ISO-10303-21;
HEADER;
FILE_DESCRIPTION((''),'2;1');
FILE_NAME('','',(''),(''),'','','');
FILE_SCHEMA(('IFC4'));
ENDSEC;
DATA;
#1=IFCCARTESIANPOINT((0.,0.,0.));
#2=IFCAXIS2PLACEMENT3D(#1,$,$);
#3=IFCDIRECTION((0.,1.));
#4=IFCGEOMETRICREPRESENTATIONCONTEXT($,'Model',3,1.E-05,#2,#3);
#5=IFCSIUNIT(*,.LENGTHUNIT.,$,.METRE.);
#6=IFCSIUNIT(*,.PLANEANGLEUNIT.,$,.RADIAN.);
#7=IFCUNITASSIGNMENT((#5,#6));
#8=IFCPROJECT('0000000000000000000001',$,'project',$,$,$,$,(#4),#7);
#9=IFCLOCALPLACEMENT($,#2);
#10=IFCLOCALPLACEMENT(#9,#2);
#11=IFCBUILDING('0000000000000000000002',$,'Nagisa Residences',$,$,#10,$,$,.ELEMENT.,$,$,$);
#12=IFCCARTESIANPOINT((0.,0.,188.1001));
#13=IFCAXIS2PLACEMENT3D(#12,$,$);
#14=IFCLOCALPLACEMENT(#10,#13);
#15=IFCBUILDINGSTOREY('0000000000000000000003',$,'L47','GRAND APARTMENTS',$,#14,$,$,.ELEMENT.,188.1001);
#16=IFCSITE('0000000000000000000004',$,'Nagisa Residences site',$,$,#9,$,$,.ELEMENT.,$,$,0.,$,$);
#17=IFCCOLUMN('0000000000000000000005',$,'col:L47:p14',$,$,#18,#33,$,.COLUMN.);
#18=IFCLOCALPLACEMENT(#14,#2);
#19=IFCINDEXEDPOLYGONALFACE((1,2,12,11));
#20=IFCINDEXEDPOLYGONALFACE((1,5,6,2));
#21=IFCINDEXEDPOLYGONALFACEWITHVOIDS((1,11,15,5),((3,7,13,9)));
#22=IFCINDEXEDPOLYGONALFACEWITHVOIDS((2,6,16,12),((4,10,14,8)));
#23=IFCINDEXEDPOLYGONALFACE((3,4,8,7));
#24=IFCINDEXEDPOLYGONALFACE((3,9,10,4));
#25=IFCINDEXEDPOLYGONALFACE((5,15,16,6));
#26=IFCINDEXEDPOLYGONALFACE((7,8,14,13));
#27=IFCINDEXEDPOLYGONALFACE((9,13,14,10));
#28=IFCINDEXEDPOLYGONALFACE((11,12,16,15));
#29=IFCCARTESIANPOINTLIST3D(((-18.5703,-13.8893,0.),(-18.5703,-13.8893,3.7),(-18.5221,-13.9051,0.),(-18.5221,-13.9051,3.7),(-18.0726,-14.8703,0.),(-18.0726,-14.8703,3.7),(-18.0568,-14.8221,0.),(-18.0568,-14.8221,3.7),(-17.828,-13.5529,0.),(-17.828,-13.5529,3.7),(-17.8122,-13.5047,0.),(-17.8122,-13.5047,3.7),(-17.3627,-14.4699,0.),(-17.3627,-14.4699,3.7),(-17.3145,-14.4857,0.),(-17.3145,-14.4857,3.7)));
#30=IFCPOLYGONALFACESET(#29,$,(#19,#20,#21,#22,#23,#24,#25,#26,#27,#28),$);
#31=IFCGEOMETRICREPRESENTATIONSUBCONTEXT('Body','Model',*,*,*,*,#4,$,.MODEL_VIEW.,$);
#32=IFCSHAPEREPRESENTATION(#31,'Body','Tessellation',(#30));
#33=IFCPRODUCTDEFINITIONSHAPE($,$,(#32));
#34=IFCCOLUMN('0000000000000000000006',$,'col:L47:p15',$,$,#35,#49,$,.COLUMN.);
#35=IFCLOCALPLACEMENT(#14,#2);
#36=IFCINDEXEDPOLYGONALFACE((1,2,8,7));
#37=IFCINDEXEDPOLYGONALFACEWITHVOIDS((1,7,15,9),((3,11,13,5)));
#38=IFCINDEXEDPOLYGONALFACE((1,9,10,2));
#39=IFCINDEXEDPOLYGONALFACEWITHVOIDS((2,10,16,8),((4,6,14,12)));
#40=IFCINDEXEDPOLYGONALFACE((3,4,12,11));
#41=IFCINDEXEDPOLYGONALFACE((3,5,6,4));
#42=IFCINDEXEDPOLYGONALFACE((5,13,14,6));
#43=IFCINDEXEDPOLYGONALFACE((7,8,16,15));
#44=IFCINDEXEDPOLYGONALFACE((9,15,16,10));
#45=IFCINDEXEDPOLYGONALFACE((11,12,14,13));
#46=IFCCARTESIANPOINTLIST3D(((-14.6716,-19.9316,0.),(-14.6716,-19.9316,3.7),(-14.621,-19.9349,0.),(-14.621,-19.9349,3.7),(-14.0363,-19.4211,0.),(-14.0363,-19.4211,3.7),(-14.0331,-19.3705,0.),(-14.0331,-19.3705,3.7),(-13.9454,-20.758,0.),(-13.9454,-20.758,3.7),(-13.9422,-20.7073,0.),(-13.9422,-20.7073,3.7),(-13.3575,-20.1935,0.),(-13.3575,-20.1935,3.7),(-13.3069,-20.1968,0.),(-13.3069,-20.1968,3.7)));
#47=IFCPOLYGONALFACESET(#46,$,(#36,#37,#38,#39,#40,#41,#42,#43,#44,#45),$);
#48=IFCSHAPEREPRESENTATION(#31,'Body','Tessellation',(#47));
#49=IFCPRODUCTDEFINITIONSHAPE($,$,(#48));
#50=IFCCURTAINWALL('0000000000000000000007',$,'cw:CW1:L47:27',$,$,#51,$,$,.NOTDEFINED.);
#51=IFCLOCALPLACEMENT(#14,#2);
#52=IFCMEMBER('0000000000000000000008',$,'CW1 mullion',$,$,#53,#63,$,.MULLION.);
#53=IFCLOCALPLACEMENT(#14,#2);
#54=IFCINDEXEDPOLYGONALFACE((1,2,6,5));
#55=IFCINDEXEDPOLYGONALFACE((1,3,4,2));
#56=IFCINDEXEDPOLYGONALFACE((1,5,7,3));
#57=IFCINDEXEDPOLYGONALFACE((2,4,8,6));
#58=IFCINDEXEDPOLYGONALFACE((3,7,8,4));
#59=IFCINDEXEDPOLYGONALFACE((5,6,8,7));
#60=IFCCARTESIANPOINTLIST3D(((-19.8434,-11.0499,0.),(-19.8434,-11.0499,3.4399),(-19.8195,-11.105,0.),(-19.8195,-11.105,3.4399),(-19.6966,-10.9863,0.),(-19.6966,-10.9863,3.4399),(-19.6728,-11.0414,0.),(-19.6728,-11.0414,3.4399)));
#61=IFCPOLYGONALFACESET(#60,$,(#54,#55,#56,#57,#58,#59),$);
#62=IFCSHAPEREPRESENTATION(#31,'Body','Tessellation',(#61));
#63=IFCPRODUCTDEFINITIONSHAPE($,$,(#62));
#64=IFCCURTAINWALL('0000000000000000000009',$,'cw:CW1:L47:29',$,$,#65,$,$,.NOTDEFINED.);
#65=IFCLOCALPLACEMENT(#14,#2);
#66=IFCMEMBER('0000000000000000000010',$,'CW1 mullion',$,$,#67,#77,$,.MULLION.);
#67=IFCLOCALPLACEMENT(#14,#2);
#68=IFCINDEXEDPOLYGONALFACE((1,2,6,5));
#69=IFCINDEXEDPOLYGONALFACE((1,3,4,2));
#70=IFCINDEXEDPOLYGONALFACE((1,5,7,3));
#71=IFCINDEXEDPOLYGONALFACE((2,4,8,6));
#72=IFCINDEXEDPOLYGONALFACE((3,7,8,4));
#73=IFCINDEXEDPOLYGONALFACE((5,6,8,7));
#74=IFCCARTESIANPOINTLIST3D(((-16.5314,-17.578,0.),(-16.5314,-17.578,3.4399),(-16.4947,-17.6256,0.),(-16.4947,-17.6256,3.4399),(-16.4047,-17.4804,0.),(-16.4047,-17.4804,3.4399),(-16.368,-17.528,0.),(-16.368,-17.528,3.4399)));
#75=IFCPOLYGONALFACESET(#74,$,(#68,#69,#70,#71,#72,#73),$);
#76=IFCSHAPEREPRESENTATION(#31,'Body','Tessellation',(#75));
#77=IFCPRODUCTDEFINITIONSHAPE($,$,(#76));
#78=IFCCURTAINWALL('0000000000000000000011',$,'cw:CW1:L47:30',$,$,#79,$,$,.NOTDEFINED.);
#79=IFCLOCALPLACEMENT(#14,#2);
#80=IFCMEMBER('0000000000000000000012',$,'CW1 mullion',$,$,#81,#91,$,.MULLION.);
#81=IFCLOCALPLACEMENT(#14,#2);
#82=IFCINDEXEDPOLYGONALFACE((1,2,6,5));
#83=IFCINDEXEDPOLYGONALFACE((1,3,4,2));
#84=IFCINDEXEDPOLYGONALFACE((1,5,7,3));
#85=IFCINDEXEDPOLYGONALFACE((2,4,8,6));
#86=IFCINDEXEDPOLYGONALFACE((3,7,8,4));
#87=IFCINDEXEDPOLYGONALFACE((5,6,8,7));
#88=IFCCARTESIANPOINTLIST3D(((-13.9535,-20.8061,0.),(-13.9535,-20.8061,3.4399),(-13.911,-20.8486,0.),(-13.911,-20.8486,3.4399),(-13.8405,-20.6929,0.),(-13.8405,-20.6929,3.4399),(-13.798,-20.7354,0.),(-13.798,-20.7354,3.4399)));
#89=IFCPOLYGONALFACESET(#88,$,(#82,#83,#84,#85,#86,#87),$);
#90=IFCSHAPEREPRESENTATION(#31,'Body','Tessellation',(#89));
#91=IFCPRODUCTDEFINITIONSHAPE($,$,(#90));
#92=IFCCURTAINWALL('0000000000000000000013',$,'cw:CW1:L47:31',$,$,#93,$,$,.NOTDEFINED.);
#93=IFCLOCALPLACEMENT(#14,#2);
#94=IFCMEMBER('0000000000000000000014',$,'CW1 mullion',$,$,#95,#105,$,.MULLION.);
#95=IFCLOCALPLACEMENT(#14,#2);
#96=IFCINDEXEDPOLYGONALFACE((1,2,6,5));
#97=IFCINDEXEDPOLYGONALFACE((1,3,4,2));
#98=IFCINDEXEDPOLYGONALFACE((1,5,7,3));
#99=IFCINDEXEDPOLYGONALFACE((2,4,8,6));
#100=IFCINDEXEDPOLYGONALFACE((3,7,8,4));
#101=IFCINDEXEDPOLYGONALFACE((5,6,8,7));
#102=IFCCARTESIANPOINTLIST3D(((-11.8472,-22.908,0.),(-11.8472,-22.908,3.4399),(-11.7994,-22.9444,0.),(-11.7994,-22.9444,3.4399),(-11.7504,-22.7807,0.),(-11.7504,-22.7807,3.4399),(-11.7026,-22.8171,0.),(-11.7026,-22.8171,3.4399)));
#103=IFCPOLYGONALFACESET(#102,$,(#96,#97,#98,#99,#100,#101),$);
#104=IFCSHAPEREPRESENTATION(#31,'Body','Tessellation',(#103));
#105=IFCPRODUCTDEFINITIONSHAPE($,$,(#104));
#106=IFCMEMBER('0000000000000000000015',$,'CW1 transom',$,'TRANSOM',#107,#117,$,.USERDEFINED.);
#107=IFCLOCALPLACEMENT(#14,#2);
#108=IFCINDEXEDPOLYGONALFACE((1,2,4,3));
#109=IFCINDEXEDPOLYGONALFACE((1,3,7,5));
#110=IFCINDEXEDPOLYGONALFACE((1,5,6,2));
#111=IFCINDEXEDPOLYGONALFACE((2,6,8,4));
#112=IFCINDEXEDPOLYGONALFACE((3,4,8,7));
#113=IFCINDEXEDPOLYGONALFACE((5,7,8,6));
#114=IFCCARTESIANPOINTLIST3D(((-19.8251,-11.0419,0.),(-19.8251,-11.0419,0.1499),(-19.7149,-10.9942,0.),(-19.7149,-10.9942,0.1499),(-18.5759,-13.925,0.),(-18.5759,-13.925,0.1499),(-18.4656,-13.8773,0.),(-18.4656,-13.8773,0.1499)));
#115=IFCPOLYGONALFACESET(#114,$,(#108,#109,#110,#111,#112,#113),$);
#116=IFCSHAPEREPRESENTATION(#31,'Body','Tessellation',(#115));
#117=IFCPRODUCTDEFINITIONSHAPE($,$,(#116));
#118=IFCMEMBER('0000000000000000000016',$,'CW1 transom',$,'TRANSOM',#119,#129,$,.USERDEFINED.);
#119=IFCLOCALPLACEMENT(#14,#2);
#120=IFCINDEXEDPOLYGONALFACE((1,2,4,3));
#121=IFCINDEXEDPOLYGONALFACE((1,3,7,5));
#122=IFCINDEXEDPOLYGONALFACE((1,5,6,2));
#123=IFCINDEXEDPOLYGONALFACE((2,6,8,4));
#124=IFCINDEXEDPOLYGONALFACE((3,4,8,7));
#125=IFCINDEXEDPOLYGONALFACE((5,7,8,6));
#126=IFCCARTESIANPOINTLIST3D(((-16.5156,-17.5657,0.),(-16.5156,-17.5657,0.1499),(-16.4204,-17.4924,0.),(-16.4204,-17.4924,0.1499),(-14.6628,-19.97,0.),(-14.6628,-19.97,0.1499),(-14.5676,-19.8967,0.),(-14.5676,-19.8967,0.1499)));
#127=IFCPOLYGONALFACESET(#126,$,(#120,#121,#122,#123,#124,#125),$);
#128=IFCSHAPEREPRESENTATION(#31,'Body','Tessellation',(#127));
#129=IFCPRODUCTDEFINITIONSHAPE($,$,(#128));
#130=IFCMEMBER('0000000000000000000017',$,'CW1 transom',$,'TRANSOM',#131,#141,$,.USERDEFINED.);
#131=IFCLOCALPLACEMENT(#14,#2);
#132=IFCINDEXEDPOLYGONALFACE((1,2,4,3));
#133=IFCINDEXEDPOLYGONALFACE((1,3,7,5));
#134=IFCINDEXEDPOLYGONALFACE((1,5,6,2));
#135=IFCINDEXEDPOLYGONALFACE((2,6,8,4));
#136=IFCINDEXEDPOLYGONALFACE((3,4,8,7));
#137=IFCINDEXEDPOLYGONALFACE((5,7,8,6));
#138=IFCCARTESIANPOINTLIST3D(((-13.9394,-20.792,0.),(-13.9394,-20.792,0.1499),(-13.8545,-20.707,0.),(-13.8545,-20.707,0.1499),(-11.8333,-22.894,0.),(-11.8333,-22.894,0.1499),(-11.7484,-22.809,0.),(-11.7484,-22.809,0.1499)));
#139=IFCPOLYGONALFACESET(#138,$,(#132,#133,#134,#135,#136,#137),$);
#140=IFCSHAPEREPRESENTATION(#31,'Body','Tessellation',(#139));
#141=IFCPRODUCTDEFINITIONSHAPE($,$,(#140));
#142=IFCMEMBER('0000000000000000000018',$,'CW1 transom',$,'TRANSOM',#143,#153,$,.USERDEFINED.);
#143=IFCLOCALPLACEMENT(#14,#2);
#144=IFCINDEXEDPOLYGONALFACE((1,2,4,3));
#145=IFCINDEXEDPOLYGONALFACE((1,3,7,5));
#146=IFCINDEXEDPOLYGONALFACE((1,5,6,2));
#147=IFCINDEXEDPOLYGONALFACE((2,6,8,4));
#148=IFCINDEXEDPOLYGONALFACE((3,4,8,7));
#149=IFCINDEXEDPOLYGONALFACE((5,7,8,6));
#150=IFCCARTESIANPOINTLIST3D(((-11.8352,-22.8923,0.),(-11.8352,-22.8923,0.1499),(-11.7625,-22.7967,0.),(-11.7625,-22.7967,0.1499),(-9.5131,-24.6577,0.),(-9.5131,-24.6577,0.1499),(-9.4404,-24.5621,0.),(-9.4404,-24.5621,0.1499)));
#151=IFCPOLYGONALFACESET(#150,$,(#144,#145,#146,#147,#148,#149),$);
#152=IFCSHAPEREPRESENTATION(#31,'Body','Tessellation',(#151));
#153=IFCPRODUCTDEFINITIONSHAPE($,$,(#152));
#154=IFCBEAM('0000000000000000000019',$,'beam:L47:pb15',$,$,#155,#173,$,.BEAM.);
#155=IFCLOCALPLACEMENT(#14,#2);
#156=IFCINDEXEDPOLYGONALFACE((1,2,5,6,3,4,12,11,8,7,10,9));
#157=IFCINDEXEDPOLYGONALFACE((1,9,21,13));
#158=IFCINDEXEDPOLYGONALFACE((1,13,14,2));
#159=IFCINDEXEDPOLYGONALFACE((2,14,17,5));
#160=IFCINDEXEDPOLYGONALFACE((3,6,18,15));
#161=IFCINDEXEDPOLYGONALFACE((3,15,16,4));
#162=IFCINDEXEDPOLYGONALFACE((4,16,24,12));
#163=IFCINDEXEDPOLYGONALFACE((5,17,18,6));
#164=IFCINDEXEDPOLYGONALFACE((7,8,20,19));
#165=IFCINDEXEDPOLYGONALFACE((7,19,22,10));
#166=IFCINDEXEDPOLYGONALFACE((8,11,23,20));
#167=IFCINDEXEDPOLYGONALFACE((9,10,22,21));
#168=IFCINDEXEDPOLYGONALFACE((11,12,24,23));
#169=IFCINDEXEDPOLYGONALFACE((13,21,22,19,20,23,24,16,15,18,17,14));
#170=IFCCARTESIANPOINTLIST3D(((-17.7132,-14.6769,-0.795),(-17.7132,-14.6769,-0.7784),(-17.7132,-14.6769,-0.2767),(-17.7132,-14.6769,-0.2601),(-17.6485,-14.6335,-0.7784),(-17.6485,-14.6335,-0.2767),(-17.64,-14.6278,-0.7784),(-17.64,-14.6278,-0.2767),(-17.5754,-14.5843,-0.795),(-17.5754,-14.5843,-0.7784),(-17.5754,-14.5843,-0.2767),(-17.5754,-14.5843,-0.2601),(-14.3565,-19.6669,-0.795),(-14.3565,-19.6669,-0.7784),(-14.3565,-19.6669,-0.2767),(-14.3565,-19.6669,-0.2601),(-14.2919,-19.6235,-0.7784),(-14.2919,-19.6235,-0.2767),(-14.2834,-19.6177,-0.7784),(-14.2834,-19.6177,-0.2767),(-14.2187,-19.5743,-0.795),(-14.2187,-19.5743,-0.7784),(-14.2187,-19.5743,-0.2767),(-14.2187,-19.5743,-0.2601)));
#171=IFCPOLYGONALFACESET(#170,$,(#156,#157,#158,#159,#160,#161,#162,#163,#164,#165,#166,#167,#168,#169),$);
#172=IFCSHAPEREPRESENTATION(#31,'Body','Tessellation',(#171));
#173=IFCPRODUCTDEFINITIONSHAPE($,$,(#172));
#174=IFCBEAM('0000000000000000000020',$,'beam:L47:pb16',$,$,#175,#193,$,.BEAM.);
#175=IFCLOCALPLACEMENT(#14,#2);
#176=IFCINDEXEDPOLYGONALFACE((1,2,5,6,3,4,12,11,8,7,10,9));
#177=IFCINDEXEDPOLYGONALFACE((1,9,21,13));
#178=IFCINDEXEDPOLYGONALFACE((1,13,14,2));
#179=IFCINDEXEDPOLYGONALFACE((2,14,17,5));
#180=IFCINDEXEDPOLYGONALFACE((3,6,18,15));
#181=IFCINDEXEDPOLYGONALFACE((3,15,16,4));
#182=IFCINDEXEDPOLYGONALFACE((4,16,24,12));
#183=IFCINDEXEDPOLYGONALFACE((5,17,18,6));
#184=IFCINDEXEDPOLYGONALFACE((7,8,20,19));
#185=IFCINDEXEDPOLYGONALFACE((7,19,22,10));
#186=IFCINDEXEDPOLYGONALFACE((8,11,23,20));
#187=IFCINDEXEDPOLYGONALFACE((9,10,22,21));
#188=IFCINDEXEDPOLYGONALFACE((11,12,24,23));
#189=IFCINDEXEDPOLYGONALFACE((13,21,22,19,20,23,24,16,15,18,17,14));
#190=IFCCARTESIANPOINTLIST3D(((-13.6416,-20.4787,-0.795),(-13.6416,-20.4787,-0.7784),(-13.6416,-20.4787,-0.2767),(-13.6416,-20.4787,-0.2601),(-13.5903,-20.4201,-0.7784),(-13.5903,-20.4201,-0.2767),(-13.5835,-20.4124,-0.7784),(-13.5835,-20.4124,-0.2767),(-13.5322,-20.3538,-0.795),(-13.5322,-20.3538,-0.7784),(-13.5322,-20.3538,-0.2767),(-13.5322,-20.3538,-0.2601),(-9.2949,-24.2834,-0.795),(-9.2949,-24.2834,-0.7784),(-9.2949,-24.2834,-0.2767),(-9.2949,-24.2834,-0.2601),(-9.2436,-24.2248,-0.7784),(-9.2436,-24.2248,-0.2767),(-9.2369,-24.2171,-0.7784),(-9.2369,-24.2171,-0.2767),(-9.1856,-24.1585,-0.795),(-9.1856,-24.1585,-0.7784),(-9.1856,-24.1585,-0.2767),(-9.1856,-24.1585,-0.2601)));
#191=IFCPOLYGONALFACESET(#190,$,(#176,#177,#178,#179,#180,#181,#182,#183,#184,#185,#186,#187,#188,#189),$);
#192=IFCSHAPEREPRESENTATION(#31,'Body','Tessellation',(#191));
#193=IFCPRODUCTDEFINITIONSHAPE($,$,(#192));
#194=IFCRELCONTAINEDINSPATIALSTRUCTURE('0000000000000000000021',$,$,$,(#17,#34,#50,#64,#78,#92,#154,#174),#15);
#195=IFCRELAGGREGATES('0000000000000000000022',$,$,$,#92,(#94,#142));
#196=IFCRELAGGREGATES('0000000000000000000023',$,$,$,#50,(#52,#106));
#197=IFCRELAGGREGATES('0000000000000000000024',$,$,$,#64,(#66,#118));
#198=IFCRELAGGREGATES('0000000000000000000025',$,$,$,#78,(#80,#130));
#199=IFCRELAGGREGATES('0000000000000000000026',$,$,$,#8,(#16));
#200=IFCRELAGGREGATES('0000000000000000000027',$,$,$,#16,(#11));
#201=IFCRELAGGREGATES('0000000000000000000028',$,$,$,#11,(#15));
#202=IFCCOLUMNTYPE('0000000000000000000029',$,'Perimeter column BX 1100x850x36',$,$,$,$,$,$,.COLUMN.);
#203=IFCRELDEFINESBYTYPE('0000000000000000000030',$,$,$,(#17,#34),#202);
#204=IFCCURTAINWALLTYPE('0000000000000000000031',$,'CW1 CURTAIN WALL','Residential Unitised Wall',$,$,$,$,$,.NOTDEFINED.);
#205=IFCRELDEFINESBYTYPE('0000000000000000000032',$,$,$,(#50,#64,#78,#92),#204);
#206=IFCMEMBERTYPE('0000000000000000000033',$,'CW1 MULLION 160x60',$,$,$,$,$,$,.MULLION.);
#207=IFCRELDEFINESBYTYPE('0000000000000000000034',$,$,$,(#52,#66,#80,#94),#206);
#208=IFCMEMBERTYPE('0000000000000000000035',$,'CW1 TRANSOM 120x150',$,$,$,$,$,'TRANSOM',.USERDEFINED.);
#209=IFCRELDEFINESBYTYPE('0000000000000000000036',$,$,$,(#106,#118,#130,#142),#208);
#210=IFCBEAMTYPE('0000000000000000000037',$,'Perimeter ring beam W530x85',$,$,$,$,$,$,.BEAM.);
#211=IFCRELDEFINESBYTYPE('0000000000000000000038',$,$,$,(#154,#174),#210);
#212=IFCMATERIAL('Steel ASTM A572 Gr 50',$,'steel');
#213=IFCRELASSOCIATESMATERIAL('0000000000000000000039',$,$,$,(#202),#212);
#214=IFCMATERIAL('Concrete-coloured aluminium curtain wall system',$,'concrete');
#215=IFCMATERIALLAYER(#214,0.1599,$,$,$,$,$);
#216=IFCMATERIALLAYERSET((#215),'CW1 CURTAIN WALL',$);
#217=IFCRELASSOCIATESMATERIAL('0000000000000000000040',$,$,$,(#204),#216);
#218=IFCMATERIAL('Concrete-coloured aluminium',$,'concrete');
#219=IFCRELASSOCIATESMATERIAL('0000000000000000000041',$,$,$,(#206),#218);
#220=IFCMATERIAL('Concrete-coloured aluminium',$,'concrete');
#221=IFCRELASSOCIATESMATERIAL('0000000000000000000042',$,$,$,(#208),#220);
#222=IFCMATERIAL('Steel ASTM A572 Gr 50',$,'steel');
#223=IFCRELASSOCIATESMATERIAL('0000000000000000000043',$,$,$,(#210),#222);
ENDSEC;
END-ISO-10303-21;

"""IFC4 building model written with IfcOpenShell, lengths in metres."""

from ifc_helpers import new_model, si_unit, direction, frame, origin, origin_2d, place, context, subcontext, project, spatial, rectangle, hollow_rectangle, i_section, extrude, material, layer, layer_set, material_profile, profile_set, type_object, element, aggregate, save


model = new_model("IFC4")

# Units and contexts
model_context = context("Model", 3, precision=1e-05, world=origin(), true_north=direction((0.0, 1.0)))
body_context = subcontext(model_context, "Body", "Model", "MODEL_VIEW")
ifc_project = project(units=[si_unit("LENGTHUNIT", "METRE"), si_unit("PLANEANGLEUNIT", "RADIAN")], contexts=[model_context])

# Site, building, storey
site_placement = place(None, origin())
site = spatial("IfcSite", under=ifc_project, at=site_placement, Name="Nagisa Residences site", CompositionType="ELEMENT", RefElevation=0.0)
building_placement = place(site_placement, origin())
building = spatial("IfcBuilding", under=site, at=building_placement, Name="Nagisa Residences", CompositionType="ELEMENT")
storey_placement = place(building_placement, frame((0.0, 0.0, 188.1001)))
storey = spatial("IfcBuildingStorey", under=building, at=storey_placement, Name="L47", Description="GRAND APARTMENTS", CompositionType="ELEMENT", Elevation=188.1001)

# Columns
ifc_material_1 = material(Name="Steel ASTM A572 Gr 50", Category="steel")
ifc_material_profile_1 = material_profile(ifc_material_1, hollow_rectangle(XDim=1.1001, YDim=0.8501, WallThickness=0.0359, at=origin_2d()), Name="BX 1100x850x36")
ifc_profile_set_1 = profile_set([ifc_material_profile_1], Name="Steel ASTM A572 Gr 50")
column_type = type_object("IfcColumnType", Name="Perimeter column BX 1100x850x36", PredefinedType="COLUMN", material=ifc_profile_set_1)
for number, where, z_axis, x_axis, name in (
    (1, (-17.9424, -14.1875, 0.0), (0.0, 0.0, 1.0), (0.452463, -0.891783, 0.0), "col:L47:p14"),
    (2, (-13.9893, -20.0642, 0.0), (0.0, 0.0, 1.0), (0.660115, -0.751165, 0.0), "col:L47:p15"),
):
    element("IfcColumn", number, at=place(storey_placement, frame(where, z_axis=z_axis, x_axis=x_axis)), inside=storey, type_object=column_type, Name=name, PredefinedType="COLUMN", context=body_context, shape_type="SweptSolid", body=[
        extrude(hollow_rectangle(XDim=1.1001, YDim=0.8501, WallThickness=0.0359, at=origin_2d()), origin(), (0.0, 0.0, 1.0), 3.7),
    ])

# Curtain walls, members
ifc_material_2 = material(Name="Concrete-coloured aluminium curtain wall system", Category="concrete")
ifc_layer_1 = layer(ifc_material_2, 0.1599)
ifc_layer_set_1 = layer_set([ifc_layer_1], Name="CW1 CURTAIN WALL")
curtain_wall_type = type_object("IfcCurtainWallType", Name="CW1 CURTAIN WALL", Description="Residential Unitised Wall", PredefinedType="NOTDEFINED", material=ifc_layer_set_1)
curtain_wall_1_placement = place(storey_placement, origin())
curtain_wall_1 = element("IfcCurtainWall", 3, at=curtain_wall_1_placement, inside=storey, type_object=curtain_wall_type, Name="cw:CW1:L47:27", PredefinedType="NOTDEFINED")
ifc_material_3 = material(Name="Concrete-coloured aluminium", Category="concrete")
ifc_material_profile_2 = material_profile(ifc_material_3, rectangle(XDim=0.1599, YDim=0.0601, at=origin_2d()), Name="CW1 MULLION 160x60")
ifc_profile_set_2 = profile_set([ifc_material_profile_2], Name="Concrete-coloured aluminium")
member_type_1 = type_object("IfcMemberType", Name="CW1 MULLION 160x60", PredefinedType="MULLION", material=ifc_profile_set_2)
member_1_placement = place(storey_placement, frame((-19.7581, -11.0457, 0.0), z_axis=(0.0, 0.0, 1.0), x_axis=(0.917543, 0.397636, 0.0)))
member_1 = element("IfcMember", 4, at=member_1_placement, type_object=member_type_1, Name="CW1 mullion", PredefinedType="MULLION", context=body_context, shape_type="SweptSolid", body=[
    extrude(rectangle(XDim=0.1599, YDim=0.0601, at=origin_2d()), origin(), (0.0, 0.0, 1.0), 3.4399),
])
curtain_wall_2_placement = place(storey_placement, origin())
curtain_wall_2 = element("IfcCurtainWall", 5, at=curtain_wall_2_placement, inside=storey, type_object=curtain_wall_type, Name="cw:CW1:L47:29", PredefinedType="NOTDEFINED")
member_2_placement = place(storey_placement, frame((-16.4497, -17.553, 0.0), z_axis=(0.0, 0.0, 1.0), x_axis=(0.79207, 0.61043, 0.0)))
member_2 = element("IfcMember", 6, at=member_2_placement, type_object=member_type_1, Name="CW1 mullion", PredefinedType="MULLION", context=body_context, shape_type="SweptSolid", body=[
    extrude(rectangle(XDim=0.1599, YDim=0.0601, at=origin_2d()), origin(), (0.0, 0.0, 1.0), 3.4399),
])
curtain_wall_3_placement = place(storey_placement, origin())
curtain_wall_3 = element("IfcCurtainWall", 7, at=curtain_wall_3_placement, inside=storey, type_object=curtain_wall_type, Name="cw:CW1:L47:30", PredefinedType="NOTDEFINED")
member_3_placement = place(storey_placement, frame((-13.8757, -20.7708, 0.0), z_axis=(0.0, 0.0, 1.0), x_axis=(0.706377, 0.707836, 0.0)))
member_3 = element("IfcMember", 8, at=member_3_placement, type_object=member_type_1, Name="CW1 mullion", PredefinedType="MULLION", context=body_context, shape_type="SweptSolid", body=[
    extrude(rectangle(XDim=0.1599, YDim=0.0601, at=origin_2d()), origin(), (0.0, 0.0, 1.0), 3.4399),
])
curtain_wall_4_placement = place(storey_placement, origin())
curtain_wall_4 = element("IfcCurtainWall", 9, at=curtain_wall_4_placement, inside=storey, type_object=curtain_wall_type, Name="cw:CW1:L47:31", PredefinedType="NOTDEFINED")
member_4_placement = place(storey_placement, frame((-11.7749, -22.8625, 0.0), z_axis=(0.0, 0.0, 1.0), x_axis=(0.605255, 0.796031, 0.0)))
member_4 = element("IfcMember", 10, at=member_4_placement, type_object=member_type_1, Name="CW1 mullion", PredefinedType="MULLION", context=body_context, shape_type="SweptSolid", body=[
    extrude(rectangle(XDim=0.1599, YDim=0.0601, at=origin_2d()), origin(), (0.0, 0.0, 1.0), 3.4399),
])

# Members
ifc_material_4 = material(Name="Concrete-coloured aluminium", Category="concrete")
ifc_material_profile_3 = material_profile(ifc_material_4, rectangle(XDim=0.1201, YDim=0.1499, at=origin_2d()), Name="CW1 TRANSOM 120x150")
ifc_profile_set_3 = profile_set([ifc_material_profile_3], Name="Concrete-coloured aluminium")
member_type_2 = type_object("IfcMemberType", Name="CW1 TRANSOM 120x150", ElementType="TRANSOM", PredefinedType="USERDEFINED", material=ifc_profile_set_3)
member_5_placement = place(storey_placement, frame((-19.77, -11.0181, 0.075), z_axis=(0.397592, -0.917562, 0.0), x_axis=(0.917562, 0.397592, 0.0)))
member_5 = element("IfcMember", 11, at=member_5_placement, type_object=member_type_2, Name="CW1 transom", ObjectType="TRANSOM", PredefinedType="USERDEFINED", context=body_context, shape_type="SweptSolid", body=[
    extrude(rectangle(XDim=0.1201, YDim=0.1499, at=origin_2d()), origin(), (0.0, 0.0, 1.0), 3.1421),
])
member_6_placement = place(storey_placement, frame((-16.468, -17.5291, 0.075), z_axis=(0.610399, -0.792094, 0.0), x_axis=(0.792094, 0.610399, 0.0)))
member_6 = element("IfcMember", 12, at=member_6_placement, type_object=member_type_2, Name="CW1 transom", ObjectType="TRANSOM", PredefinedType="USERDEFINED", context=body_context, shape_type="SweptSolid", body=[
    extrude(rectangle(XDim=0.1201, YDim=0.1499, at=origin_2d()), origin(), (0.0, 0.0, 1.0), 3.0354),
])
member_7_placement = place(storey_placement, frame((-13.897, -20.7495, 0.075), z_axis=(0.707804, -0.706409, 0.0), x_axis=(0.706409, 0.707804, 0.0)))
member_7 = element("IfcMember", 13, at=member_7_placement, type_object=member_type_2, Name="CW1 transom", ObjectType="TRANSOM", PredefinedType="USERDEFINED", context=body_context, shape_type="SweptSolid", body=[
    extrude(rectangle(XDim=0.1201, YDim=0.1499, at=origin_2d()), origin(), (0.0, 0.0, 1.0), 2.9756),
])
member_8_placement = place(storey_placement, frame((-11.7988, -22.8445, 0.075), z_axis=(0.796056, -0.605223, 0.0), x_axis=(0.605223, 0.796056, 0.0)))
member_8 = element("IfcMember", 14, at=member_8_placement, type_object=member_type_2, Name="CW1 transom", ObjectType="TRANSOM", PredefinedType="USERDEFINED", context=body_context, shape_type="SweptSolid", body=[
    extrude(rectangle(XDim=0.1201, YDim=0.1499, at=origin_2d()), origin(), (0.0, 0.0, 1.0), 2.917),
])
aggregate(curtain_wall_4, [member_4, member_8])

# Beams
ifc_material_5 = material(Name="Steel ASTM A572 Gr 50", Category="steel")
ifc_material_profile_4 = material_profile(ifc_material_5, i_section(OverallWidth=0.166, OverallDepth=0.5349, WebThickness=0.0103, FlangeThickness=0.0166, at=origin_2d()), Name="W530x85")
ifc_profile_set_4 = profile_set([ifc_material_profile_4], Name="Steel ASTM A572 Gr 50")
beam_type_1 = type_object("IfcBeamType", Name="Perimeter ring beam W530x85", PredefinedType="BEAM", material=ifc_profile_set_4)
beam_1_placement = place(storey_placement, frame((-17.6443, -14.6306, -0.5276), z_axis=(0.558152, -0.829739, 0.0), x_axis=(0.829739, 0.558152, 0.0)))
element("IfcBeam", 15, at=beam_1_placement, inside=storey, type_object=beam_type_1, Name="beam:L47:pb15", PredefinedType="BEAM", context=body_context, shape_type="SweptSolid", body=[
    extrude(i_section(OverallWidth=0.166, OverallDepth=0.5349, WebThickness=0.0103, FlangeThickness=0.0166, at=origin_2d()), origin(), (0.0, 0.0, 1.0), 6.0139),
])
beam_2_placement = place(storey_placement, frame((-13.5869, -20.4163, -0.5276), z_axis=(0.752461, -0.658636, 0.0), x_axis=(0.658636, 0.752461, 0.0)))
element("IfcBeam", 16, at=beam_2_placement, inside=storey, type_object=beam_type_1, Name="beam:L47:pb16", PredefinedType="BEAM", context=body_context, shape_type="SweptSolid", body=[
    extrude(i_section(OverallWidth=0.166, OverallDepth=0.5349, WebThickness=0.0103, FlangeThickness=0.0166, at=origin_2d()), origin(), (0.0, 0.0, 1.0), 5.7766),
])

aggregate(curtain_wall_1, [member_1, member_5])
aggregate(curtain_wall_2, [member_2, member_6])
aggregate(curtain_wall_3, [member_3, member_7])

save(model, "model.ifc")
